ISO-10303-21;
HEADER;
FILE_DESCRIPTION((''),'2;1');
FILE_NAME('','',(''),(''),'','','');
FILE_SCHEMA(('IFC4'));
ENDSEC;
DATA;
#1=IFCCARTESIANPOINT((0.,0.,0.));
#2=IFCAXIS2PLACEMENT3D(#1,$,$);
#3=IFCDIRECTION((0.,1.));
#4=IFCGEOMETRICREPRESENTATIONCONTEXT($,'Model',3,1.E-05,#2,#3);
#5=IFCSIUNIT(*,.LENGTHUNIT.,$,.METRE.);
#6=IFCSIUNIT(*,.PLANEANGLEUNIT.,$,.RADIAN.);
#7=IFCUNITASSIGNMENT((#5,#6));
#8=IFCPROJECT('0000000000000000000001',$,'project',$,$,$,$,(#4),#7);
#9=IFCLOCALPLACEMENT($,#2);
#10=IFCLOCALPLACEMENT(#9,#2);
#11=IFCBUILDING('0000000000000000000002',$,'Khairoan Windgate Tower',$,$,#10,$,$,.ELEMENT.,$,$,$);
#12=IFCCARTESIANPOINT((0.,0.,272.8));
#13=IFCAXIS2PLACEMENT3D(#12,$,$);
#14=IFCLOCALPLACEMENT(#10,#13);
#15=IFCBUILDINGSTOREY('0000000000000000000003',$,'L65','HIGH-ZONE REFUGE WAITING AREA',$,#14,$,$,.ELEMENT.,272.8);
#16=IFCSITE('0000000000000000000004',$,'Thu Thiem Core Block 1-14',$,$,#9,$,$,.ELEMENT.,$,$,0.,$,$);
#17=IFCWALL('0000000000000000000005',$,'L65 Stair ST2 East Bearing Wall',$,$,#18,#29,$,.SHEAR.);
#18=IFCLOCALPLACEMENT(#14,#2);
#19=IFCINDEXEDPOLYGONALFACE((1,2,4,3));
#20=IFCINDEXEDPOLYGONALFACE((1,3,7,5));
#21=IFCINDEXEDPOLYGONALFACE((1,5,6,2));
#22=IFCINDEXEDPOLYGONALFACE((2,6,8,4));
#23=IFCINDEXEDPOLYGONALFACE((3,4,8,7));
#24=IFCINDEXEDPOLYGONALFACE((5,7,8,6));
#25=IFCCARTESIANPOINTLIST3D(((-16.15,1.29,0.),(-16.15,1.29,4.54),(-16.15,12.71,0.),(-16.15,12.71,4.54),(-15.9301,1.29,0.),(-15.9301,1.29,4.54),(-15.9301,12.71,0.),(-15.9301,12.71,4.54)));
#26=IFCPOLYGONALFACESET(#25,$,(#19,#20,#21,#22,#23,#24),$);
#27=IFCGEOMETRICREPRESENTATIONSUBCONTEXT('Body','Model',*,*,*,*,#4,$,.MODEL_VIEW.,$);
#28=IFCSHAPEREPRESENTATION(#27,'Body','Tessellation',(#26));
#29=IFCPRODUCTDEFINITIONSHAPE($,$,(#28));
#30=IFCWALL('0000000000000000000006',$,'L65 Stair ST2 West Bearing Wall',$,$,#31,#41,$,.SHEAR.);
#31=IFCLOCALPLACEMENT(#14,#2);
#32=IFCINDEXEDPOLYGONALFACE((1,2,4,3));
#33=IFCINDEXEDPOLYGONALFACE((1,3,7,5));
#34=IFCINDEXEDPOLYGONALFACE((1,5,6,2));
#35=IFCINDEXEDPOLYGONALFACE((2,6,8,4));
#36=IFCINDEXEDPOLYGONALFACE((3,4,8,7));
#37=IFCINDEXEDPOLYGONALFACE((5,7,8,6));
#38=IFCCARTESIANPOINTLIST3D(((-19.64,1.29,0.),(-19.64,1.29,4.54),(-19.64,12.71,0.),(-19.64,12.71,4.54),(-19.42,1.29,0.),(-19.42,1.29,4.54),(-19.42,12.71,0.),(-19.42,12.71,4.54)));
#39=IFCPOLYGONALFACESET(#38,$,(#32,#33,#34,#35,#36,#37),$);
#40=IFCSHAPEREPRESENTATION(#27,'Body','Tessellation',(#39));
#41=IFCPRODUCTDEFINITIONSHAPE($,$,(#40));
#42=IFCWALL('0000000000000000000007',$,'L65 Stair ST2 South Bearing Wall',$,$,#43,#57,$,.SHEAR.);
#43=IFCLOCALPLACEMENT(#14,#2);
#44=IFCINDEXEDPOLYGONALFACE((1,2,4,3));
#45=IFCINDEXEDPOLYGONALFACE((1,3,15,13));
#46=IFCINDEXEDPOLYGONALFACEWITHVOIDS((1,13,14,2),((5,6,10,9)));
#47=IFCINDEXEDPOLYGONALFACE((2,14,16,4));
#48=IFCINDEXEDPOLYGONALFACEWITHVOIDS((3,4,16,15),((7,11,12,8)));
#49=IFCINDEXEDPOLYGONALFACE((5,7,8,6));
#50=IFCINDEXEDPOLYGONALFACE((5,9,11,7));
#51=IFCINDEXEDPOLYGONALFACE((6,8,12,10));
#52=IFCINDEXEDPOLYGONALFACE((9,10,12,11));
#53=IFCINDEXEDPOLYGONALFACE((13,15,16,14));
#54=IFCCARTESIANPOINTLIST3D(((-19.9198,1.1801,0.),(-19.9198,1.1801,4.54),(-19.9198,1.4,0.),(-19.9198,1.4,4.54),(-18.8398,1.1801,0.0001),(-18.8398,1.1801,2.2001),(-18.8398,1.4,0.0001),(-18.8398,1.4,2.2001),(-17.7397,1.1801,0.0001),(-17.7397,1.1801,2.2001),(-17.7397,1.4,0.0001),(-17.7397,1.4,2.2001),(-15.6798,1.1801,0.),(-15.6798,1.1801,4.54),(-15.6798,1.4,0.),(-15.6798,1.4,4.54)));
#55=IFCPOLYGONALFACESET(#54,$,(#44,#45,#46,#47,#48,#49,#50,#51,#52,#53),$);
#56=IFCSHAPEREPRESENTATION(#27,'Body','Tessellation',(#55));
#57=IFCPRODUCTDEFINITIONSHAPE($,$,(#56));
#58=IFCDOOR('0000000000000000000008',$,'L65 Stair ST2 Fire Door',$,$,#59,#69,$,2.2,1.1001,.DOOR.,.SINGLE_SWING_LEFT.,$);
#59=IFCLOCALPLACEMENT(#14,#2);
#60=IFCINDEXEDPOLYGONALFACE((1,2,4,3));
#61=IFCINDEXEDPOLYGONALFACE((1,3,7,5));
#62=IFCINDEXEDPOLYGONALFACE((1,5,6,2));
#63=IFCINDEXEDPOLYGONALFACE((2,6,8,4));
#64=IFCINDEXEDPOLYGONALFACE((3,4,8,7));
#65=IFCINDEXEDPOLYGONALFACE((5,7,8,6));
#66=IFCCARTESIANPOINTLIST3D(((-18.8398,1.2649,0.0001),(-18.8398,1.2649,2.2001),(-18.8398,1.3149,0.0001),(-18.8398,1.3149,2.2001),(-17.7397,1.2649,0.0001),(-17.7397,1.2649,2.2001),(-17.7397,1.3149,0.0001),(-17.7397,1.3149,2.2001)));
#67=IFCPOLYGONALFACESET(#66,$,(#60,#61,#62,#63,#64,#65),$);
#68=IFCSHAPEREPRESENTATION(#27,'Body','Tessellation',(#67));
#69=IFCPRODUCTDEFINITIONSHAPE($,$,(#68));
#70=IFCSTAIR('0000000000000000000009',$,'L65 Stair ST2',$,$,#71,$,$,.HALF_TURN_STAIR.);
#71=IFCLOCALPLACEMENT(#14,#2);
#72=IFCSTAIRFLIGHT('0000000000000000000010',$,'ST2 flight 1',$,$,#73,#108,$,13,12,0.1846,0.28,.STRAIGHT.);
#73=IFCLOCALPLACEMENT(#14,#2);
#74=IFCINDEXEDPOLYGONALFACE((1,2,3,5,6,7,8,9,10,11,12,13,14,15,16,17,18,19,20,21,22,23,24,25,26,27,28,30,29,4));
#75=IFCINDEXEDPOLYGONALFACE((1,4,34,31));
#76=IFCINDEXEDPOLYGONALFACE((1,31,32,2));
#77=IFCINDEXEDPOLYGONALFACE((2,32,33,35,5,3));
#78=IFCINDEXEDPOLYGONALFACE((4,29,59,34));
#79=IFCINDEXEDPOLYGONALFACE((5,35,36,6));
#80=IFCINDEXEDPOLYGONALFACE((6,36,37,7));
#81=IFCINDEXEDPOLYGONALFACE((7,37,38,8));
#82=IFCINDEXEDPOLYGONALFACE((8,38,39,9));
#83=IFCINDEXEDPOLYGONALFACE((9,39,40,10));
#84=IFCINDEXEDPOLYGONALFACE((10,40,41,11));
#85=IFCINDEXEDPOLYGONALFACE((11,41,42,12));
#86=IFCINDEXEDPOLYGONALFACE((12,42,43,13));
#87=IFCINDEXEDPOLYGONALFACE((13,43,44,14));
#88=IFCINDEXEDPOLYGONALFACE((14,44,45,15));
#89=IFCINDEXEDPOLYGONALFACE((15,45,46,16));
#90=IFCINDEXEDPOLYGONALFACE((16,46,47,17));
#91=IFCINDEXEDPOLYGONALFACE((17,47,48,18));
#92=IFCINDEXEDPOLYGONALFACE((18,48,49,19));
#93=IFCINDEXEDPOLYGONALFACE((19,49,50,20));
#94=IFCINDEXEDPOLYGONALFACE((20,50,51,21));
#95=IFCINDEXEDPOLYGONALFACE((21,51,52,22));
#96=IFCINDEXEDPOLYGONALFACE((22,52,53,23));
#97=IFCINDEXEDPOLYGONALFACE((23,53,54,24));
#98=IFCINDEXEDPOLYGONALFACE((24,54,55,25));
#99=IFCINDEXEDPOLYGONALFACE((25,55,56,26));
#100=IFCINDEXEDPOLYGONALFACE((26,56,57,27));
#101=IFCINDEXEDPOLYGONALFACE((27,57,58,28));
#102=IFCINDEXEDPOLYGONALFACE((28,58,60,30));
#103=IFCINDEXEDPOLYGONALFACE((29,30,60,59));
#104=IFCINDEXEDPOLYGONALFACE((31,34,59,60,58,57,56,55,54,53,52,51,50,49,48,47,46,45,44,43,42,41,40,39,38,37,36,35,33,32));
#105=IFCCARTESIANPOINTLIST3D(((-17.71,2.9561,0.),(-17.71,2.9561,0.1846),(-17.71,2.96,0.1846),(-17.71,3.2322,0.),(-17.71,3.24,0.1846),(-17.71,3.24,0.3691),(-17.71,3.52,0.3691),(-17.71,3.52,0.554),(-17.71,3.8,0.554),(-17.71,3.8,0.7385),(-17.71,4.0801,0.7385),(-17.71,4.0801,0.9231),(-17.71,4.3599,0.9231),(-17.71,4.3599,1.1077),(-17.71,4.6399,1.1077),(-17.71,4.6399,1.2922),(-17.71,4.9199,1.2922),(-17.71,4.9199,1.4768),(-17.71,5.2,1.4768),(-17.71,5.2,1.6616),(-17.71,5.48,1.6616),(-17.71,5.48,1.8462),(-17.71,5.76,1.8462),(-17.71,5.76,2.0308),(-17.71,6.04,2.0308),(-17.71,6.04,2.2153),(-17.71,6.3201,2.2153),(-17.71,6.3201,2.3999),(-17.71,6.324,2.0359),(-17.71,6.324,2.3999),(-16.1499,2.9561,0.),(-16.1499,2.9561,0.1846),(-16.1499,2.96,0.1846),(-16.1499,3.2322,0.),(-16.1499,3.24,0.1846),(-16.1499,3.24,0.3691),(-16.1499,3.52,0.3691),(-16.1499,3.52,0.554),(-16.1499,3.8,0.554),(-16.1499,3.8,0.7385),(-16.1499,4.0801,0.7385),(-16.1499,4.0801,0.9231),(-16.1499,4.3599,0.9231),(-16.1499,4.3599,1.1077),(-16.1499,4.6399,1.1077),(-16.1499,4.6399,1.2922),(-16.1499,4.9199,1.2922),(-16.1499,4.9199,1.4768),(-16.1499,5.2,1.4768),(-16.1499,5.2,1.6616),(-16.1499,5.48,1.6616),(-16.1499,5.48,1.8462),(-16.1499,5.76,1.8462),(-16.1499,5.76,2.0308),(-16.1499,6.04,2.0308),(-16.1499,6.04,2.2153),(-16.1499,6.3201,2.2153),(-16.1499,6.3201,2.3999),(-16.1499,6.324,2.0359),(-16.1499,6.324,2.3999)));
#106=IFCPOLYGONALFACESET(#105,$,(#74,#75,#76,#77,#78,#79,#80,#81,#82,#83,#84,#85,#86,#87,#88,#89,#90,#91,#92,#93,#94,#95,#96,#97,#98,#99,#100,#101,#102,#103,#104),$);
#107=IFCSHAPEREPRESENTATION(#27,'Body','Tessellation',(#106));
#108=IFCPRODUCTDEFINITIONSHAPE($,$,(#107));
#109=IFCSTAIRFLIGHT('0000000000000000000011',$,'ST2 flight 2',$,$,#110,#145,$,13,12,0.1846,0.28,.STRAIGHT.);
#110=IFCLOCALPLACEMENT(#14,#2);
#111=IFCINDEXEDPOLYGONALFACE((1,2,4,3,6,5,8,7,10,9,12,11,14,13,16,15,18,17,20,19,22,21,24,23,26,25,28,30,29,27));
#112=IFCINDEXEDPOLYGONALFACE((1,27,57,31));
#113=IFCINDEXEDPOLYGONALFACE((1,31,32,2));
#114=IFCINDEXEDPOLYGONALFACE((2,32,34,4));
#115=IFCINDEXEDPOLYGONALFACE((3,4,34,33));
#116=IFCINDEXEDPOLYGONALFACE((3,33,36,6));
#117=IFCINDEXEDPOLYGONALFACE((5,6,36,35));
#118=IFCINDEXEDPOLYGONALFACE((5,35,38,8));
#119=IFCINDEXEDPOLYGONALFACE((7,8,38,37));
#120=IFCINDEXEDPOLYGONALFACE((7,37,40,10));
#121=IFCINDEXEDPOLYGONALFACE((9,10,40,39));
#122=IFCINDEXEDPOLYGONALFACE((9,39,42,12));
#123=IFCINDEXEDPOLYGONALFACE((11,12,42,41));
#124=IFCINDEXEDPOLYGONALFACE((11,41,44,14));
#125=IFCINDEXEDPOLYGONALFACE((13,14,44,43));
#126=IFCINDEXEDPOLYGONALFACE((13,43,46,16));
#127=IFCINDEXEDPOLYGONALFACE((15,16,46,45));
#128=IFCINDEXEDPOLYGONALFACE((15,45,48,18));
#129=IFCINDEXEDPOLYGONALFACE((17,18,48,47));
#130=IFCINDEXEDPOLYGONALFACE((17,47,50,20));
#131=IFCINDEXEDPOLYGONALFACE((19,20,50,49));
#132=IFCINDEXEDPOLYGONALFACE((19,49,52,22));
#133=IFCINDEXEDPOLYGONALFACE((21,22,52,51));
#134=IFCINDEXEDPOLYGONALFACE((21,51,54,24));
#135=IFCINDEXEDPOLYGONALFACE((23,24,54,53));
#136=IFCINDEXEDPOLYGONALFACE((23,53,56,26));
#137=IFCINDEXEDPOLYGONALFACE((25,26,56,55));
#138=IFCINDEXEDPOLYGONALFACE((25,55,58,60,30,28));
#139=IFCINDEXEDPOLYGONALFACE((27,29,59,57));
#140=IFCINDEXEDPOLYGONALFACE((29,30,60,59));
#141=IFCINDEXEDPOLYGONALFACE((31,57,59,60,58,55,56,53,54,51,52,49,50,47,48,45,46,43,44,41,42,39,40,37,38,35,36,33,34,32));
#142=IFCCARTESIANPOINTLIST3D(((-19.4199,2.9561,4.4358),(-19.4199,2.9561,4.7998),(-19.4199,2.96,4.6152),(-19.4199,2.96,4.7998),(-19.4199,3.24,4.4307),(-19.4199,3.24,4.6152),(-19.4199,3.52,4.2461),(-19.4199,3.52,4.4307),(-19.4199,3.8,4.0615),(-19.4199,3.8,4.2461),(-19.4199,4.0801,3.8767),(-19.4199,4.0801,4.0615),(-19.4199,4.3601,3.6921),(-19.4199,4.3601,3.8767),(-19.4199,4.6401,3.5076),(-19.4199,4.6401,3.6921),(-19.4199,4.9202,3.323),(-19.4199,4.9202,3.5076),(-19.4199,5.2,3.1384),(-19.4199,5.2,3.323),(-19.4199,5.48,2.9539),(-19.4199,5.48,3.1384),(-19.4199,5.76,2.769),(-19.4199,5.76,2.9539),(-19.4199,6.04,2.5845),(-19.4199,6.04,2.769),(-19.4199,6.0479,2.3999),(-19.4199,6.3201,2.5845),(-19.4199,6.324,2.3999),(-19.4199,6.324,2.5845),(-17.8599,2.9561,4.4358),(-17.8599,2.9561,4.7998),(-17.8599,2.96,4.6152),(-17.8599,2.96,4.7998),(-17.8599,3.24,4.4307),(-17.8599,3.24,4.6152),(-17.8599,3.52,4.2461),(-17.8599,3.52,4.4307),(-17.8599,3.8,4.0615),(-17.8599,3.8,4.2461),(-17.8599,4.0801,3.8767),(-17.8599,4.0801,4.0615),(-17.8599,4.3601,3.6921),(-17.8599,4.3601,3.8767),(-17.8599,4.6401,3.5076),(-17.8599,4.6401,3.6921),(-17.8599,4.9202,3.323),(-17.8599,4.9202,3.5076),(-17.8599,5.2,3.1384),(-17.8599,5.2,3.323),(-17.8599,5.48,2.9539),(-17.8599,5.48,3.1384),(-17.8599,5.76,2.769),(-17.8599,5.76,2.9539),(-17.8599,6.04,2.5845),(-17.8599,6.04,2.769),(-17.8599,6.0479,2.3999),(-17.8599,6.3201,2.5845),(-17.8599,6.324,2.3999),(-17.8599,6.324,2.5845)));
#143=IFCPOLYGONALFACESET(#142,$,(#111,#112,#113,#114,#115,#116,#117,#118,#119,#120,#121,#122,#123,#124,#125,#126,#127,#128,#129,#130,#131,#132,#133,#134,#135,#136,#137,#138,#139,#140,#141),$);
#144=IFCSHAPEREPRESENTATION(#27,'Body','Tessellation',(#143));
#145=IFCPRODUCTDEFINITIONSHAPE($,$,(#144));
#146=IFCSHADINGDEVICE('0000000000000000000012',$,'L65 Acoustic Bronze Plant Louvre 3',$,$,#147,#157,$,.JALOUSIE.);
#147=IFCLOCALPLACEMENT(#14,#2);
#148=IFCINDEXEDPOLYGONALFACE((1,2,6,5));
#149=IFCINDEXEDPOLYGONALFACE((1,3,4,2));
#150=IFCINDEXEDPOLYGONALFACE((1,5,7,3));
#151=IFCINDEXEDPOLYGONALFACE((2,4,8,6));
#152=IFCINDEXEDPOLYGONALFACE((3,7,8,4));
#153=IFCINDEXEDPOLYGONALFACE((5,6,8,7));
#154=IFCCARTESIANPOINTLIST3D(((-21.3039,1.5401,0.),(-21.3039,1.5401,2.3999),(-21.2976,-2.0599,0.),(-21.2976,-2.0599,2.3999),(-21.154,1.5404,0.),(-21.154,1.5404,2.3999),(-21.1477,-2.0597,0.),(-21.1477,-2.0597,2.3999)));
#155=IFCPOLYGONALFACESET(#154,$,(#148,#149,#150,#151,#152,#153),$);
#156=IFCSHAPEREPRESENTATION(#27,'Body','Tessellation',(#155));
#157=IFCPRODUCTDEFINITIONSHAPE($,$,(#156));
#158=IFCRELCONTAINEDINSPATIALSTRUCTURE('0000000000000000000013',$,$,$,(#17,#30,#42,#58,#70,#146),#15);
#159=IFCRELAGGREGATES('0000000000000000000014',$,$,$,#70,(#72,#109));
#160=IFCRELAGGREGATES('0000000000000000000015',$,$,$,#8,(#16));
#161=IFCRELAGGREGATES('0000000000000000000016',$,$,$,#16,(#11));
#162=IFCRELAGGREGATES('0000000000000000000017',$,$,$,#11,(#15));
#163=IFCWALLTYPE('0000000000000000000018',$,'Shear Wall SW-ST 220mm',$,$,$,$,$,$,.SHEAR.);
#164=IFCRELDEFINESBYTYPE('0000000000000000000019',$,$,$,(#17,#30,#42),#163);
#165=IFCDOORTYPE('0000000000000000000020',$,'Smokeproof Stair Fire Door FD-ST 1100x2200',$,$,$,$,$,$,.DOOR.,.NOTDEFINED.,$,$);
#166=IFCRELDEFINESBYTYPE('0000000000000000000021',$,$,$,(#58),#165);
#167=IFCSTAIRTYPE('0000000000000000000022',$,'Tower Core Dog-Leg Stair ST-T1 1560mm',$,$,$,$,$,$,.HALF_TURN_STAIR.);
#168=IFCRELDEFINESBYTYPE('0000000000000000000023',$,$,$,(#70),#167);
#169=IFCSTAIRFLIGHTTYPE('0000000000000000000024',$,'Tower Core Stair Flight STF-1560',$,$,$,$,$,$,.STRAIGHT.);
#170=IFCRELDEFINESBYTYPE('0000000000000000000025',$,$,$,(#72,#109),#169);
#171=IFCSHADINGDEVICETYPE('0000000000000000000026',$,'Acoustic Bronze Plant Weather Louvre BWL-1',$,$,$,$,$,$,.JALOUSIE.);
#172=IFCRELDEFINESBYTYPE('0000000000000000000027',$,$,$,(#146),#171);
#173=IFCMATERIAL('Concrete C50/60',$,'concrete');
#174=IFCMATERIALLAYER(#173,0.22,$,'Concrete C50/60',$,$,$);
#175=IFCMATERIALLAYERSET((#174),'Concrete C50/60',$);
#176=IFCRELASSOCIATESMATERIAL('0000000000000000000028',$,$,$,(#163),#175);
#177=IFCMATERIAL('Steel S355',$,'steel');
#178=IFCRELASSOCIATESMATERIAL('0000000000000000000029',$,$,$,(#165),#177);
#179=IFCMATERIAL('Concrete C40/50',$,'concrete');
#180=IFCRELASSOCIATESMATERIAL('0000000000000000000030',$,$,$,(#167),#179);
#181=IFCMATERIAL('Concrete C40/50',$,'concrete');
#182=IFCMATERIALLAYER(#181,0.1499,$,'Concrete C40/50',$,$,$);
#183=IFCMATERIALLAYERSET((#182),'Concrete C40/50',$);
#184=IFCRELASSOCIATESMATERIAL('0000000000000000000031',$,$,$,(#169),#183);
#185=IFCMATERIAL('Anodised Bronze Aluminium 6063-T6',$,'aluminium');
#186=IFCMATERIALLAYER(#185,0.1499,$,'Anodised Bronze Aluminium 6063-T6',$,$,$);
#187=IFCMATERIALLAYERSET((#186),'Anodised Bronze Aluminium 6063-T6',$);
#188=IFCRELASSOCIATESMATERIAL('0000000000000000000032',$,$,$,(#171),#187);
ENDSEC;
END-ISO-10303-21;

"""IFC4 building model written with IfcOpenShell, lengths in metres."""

from ifc_helpers import new_model, si_unit, direction, frame, frame_2d, origin, origin_2d, place, context, subcontext, project, spatial, polyline, rectangle, outline, extrude, material, layer, layer_set, type_object, element, fill, aggregate, save


model = new_model("IFC4")

# Units and contexts
model_context = context("Model", 3, precision=1e-05, world=origin(), true_north=direction((0.0, 1.0)))
body_context = subcontext(model_context, "Body", "Model", "MODEL_VIEW")
ifc_project = project(units=[si_unit("LENGTHUNIT", "METRE"), si_unit("PLANEANGLEUNIT", "RADIAN")], contexts=[model_context])

# Site, building, storey
site_placement = place(None, origin())
site = spatial("IfcSite", under=ifc_project, at=site_placement, Name="Thu Thiem Core Block 1-14", CompositionType="ELEMENT", RefElevation=0.0)
building_placement = place(site_placement, origin())
building = spatial("IfcBuilding", under=site, at=building_placement, Name="Khairoan Windgate Tower", CompositionType="ELEMENT")
storey_placement = place(building_placement, frame((0.0, 0.0, 272.8)))
storey = spatial("IfcBuildingStorey", under=building, at=storey_placement, Name="L65", Description="HIGH-ZONE REFUGE WAITING AREA", CompositionType="ELEMENT", Elevation=272.8)

# Walls
ifc_material_1 = material(Name="Concrete C50/60", Category="concrete")
ifc_layer_1 = layer(ifc_material_1, 0.22, Name="Concrete C50/60")
ifc_layer_set_1 = layer_set([ifc_layer_1], Name="Concrete C50/60")
wall_type_1 = type_object("IfcWallType", Name="Shear Wall SW-ST 220mm", PredefinedType="SHEAR", material=ifc_layer_set_1)
for number, where, z_axis, x_axis, name in (
    (1, (-16.04, 1.29, 0.0), (0.0, 0.0, 1.0), (0.0, 1.0, 0.0), "L65 Stair ST2 East Bearing Wall"),
    (2, (-19.53, 1.29, 0.0), (0.0, 0.0, 1.0), (0.0, 1.0, 0.0), "L65 Stair ST2 West Bearing Wall"),
):
    element("IfcWall", number, at=place(storey_placement, frame(where, z_axis=z_axis, x_axis=x_axis)), inside=storey, type_object=wall_type_1, Name=name, PredefinedType="SHEAR", context=body_context, shape_type="SweptSolid", body=[
        extrude(rectangle(XDim=11.4199, YDim=0.22, at=frame_2d((5.71, 0.0))), origin(), (0.0, 0.0, 1.0), 4.54),
    ])

# Wall, opening, door
wall_1_placement = place(storey_placement, frame((-19.9199, 1.29, 0.0), z_axis=(0.0, 0.0, 1.0), x_axis=(1.0, 0.0, 0.0)))
wall_1 = element("IfcWall", 3, at=wall_1_placement, inside=storey, type_object=wall_type_1, Name="L65 Stair ST2 South Bearing Wall", PredefinedType="SHEAR", context=body_context, shape_type="SweptSolid", body=[
    extrude(rectangle(XDim=4.24, YDim=0.22, at=frame_2d((2.1201, 0.0))), origin(), (0.0, 0.0, 1.0), 4.54),
])
opening_1_placement = place(wall_1_placement, frame((1.0801, 0.0, 0.0)))
opening_1 = element("IfcOpeningElement", 4, at=opening_1_placement, cuts=wall_1, PredefinedType="OPENING", context=body_context, shape_type="SweptSolid", body=[
    extrude(rectangle(XDim=1.1001, YDim=2.2, at=frame_2d((0.55, 1.1001))), frame((0.0, 0.1199, 0.0), z_axis=(0.0, -1.0, 0.0), x_axis=(1.0, 0.0, 0.0)), (0.0, 0.0, 1.0), 0.24),
])
ifc_material_2 = material(Name="Steel S355", Category="steel")
door_type_1 = type_object("IfcDoorType", Name="Smokeproof Stair Fire Door FD-ST 1100x2200", OperationType="NOTDEFINED", PredefinedType="DOOR", material=ifc_material_2)
door_1_placement = place(opening_1_placement, origin())
door_1 = element("IfcDoor", 5, at=door_1_placement, inside=storey, type_object=door_type_1, Name="L65 Stair ST2 Fire Door", OperationType="SINGLE_SWING_LEFT", OverallHeight=2.2, OverallWidth=1.1001, PredefinedType="DOOR", context=body_context, shape_type="SweptSolid", body=[
    extrude(rectangle(XDim=1.1001, YDim=2.2, at=frame_2d((0.55, 1.1001))), frame((0.0, 0.0249, 0.0), z_axis=(0.0, -1.0, 0.0), x_axis=(1.0, 0.0, 0.0)), (0.0, 0.0, 1.0), 0.05),
])
fill(opening_1, door_1)

# Stair, stair flights
ifc_material_3 = material(Name="Concrete C40/50", Category="concrete")
stair_type = type_object("IfcStairType", Name="Tower Core Dog-Leg Stair ST-T1 1560mm", PredefinedType="HALF_TURN_STAIR", material=ifc_material_3)
stair_placement = place(storey_placement, origin())
stair = element("IfcStair", 6, at=stair_placement, inside=storey, type_object=stair_type, Name="L65 Stair ST2", PredefinedType="HALF_TURN_STAIR")
ifc_material_4 = material(Name="Concrete C40/50", Category="concrete")
ifc_layer_2 = layer(ifc_material_4, 0.1499, Name="Concrete C40/50")
ifc_layer_set_2 = layer_set([ifc_layer_2], Name="Concrete C40/50")
stair_flight_type = type_object("IfcStairFlightType", Name="Tower Core Stair Flight STF-1560", PredefinedType="STRAIGHT", material=ifc_layer_set_2)
stair_flight_1_placement = place(storey_placement, frame((-16.9299, 2.96, 0.0), z_axis=(0.0, 0.0, 1.0), x_axis=(0.0, 1.0, 0.0)))
stair_flight_1 = element("IfcStairFlight", 7, at=stair_flight_1_placement, type_object=stair_flight_type, Name="ST2 flight 1", NumberOfRisers=13, NumberOfTreads=12, PredefinedType="STRAIGHT", RiserHeight=0.1846, TreadLength=0.28, context=body_context, shape_type="SweptSolid", body=[
    extrude(outline(polyline([(-0.0039, 0.0), (-0.0039, 0.1846), (0.0, 0.1846), (0.28, 0.1846), (0.28, 0.3691), (0.5601, 0.3691), (0.5601, 0.554), (0.8401, 0.554), (0.8401, 0.7385), (1.1201, 0.7385), (1.1201, 0.9231), (1.3999, 0.9231), (1.3999, 1.1077), (1.6799, 1.1077), (1.6799, 1.2922), (1.96, 1.2922), (1.96, 1.4768), (2.24, 1.4768), (2.24, 1.6616), (2.52, 1.6616), (2.52, 1.8462), (2.8, 1.8462), (2.8, 2.0308), (3.0801, 2.0308), (3.0801, 2.2153), (3.3601, 2.2153), (3.3601, 2.3999), (3.364, 2.3999), (3.364, 2.0359), (0.2722, 0.0), (-0.0039, 0.0)])), frame((0.0, 0.78, 0.0), z_axis=(0.0, -1.0, 0.0), x_axis=(1.0, 0.0, 0.0)), (0.0, 0.0, 1.0), 1.5601),
])
stair_flight_2_placement = place(storey_placement, frame((-18.6399, 6.3201, 2.3999), z_axis=(0.0, 0.0, 1.0), x_axis=(0.0, -1.0, 0.0)))
stair_flight_2 = element("IfcStairFlight", 8, at=stair_flight_2_placement, type_object=stair_flight_type, Name="ST2 flight 2", NumberOfRisers=13, NumberOfTreads=12, PredefinedType="STRAIGHT", RiserHeight=0.1846, TreadLength=0.28, context=body_context, shape_type="SweptSolid", body=[
    extrude(outline(polyline([(-0.0039, 0.0), (-0.0039, 0.1846), (0.0, 0.1846), (0.28, 0.1846), (0.28, 0.3691), (0.5601, 0.3691), (0.5601, 0.554), (0.8401, 0.554), (0.8401, 0.7385), (1.1201, 0.7385), (1.1201, 0.9231), (1.3999, 0.9231), (1.3999, 1.1077), (1.6799, 1.1077), (1.6799, 1.2922), (1.96, 1.2922), (1.96, 1.4768), (2.24, 1.4768), (2.24, 1.6616), (2.52, 1.6616), (2.52, 1.8462), (2.8, 1.8462), (2.8, 2.0308), (3.0801, 2.0308), (3.0801, 2.2153), (3.3601, 2.2153), (3.3601, 2.3999), (3.364, 2.3999), (3.364, 2.0359), (0.2722, 0.0), (-0.0039, 0.0)])), frame((0.0, 0.78, 0.0), z_axis=(0.0, -1.0, 0.0), x_axis=(1.0, 0.0, 0.0)), (0.0, 0.0, 1.0), 1.5601),
])
aggregate(stair, [stair_flight_1, stair_flight_2])

# Shading device
ifc_material_5 = material(Name="Anodised Bronze Aluminium 6063-T6", Category="aluminium")
ifc_layer_3 = layer(ifc_material_5, 0.1499, Name="Anodised Bronze Aluminium 6063-T6")
ifc_layer_set_3 = layer_set([ifc_layer_3], Name="Anodised Bronze Aluminium 6063-T6")
shading_device_type = type_object("IfcShadingDeviceType", Name="Acoustic Bronze Plant Weather Louvre BWL-1", PredefinedType="JALOUSIE", material=ifc_layer_set_3)
shading_device_placement = place(storey_placement, frame((-21.2258, -0.2598, 0.0), z_axis=(0.0, 0.0, 1.0), x_axis=(-0.001745, 0.999998, 0.0)))
element("IfcShadingDevice", 9, at=shading_device_placement, inside=storey, type_object=shading_device_type, Name="L65 Acoustic Bronze Plant Louvre 3", PredefinedType="JALOUSIE", context=body_context, shape_type="SweptSolid", body=[
    extrude(rectangle(XDim=3.6001, YDim=0.1499, at=origin_2d()), origin(), (0.0, 0.0, 1.0), 2.3999),
])

save(model, "model.ifc")
